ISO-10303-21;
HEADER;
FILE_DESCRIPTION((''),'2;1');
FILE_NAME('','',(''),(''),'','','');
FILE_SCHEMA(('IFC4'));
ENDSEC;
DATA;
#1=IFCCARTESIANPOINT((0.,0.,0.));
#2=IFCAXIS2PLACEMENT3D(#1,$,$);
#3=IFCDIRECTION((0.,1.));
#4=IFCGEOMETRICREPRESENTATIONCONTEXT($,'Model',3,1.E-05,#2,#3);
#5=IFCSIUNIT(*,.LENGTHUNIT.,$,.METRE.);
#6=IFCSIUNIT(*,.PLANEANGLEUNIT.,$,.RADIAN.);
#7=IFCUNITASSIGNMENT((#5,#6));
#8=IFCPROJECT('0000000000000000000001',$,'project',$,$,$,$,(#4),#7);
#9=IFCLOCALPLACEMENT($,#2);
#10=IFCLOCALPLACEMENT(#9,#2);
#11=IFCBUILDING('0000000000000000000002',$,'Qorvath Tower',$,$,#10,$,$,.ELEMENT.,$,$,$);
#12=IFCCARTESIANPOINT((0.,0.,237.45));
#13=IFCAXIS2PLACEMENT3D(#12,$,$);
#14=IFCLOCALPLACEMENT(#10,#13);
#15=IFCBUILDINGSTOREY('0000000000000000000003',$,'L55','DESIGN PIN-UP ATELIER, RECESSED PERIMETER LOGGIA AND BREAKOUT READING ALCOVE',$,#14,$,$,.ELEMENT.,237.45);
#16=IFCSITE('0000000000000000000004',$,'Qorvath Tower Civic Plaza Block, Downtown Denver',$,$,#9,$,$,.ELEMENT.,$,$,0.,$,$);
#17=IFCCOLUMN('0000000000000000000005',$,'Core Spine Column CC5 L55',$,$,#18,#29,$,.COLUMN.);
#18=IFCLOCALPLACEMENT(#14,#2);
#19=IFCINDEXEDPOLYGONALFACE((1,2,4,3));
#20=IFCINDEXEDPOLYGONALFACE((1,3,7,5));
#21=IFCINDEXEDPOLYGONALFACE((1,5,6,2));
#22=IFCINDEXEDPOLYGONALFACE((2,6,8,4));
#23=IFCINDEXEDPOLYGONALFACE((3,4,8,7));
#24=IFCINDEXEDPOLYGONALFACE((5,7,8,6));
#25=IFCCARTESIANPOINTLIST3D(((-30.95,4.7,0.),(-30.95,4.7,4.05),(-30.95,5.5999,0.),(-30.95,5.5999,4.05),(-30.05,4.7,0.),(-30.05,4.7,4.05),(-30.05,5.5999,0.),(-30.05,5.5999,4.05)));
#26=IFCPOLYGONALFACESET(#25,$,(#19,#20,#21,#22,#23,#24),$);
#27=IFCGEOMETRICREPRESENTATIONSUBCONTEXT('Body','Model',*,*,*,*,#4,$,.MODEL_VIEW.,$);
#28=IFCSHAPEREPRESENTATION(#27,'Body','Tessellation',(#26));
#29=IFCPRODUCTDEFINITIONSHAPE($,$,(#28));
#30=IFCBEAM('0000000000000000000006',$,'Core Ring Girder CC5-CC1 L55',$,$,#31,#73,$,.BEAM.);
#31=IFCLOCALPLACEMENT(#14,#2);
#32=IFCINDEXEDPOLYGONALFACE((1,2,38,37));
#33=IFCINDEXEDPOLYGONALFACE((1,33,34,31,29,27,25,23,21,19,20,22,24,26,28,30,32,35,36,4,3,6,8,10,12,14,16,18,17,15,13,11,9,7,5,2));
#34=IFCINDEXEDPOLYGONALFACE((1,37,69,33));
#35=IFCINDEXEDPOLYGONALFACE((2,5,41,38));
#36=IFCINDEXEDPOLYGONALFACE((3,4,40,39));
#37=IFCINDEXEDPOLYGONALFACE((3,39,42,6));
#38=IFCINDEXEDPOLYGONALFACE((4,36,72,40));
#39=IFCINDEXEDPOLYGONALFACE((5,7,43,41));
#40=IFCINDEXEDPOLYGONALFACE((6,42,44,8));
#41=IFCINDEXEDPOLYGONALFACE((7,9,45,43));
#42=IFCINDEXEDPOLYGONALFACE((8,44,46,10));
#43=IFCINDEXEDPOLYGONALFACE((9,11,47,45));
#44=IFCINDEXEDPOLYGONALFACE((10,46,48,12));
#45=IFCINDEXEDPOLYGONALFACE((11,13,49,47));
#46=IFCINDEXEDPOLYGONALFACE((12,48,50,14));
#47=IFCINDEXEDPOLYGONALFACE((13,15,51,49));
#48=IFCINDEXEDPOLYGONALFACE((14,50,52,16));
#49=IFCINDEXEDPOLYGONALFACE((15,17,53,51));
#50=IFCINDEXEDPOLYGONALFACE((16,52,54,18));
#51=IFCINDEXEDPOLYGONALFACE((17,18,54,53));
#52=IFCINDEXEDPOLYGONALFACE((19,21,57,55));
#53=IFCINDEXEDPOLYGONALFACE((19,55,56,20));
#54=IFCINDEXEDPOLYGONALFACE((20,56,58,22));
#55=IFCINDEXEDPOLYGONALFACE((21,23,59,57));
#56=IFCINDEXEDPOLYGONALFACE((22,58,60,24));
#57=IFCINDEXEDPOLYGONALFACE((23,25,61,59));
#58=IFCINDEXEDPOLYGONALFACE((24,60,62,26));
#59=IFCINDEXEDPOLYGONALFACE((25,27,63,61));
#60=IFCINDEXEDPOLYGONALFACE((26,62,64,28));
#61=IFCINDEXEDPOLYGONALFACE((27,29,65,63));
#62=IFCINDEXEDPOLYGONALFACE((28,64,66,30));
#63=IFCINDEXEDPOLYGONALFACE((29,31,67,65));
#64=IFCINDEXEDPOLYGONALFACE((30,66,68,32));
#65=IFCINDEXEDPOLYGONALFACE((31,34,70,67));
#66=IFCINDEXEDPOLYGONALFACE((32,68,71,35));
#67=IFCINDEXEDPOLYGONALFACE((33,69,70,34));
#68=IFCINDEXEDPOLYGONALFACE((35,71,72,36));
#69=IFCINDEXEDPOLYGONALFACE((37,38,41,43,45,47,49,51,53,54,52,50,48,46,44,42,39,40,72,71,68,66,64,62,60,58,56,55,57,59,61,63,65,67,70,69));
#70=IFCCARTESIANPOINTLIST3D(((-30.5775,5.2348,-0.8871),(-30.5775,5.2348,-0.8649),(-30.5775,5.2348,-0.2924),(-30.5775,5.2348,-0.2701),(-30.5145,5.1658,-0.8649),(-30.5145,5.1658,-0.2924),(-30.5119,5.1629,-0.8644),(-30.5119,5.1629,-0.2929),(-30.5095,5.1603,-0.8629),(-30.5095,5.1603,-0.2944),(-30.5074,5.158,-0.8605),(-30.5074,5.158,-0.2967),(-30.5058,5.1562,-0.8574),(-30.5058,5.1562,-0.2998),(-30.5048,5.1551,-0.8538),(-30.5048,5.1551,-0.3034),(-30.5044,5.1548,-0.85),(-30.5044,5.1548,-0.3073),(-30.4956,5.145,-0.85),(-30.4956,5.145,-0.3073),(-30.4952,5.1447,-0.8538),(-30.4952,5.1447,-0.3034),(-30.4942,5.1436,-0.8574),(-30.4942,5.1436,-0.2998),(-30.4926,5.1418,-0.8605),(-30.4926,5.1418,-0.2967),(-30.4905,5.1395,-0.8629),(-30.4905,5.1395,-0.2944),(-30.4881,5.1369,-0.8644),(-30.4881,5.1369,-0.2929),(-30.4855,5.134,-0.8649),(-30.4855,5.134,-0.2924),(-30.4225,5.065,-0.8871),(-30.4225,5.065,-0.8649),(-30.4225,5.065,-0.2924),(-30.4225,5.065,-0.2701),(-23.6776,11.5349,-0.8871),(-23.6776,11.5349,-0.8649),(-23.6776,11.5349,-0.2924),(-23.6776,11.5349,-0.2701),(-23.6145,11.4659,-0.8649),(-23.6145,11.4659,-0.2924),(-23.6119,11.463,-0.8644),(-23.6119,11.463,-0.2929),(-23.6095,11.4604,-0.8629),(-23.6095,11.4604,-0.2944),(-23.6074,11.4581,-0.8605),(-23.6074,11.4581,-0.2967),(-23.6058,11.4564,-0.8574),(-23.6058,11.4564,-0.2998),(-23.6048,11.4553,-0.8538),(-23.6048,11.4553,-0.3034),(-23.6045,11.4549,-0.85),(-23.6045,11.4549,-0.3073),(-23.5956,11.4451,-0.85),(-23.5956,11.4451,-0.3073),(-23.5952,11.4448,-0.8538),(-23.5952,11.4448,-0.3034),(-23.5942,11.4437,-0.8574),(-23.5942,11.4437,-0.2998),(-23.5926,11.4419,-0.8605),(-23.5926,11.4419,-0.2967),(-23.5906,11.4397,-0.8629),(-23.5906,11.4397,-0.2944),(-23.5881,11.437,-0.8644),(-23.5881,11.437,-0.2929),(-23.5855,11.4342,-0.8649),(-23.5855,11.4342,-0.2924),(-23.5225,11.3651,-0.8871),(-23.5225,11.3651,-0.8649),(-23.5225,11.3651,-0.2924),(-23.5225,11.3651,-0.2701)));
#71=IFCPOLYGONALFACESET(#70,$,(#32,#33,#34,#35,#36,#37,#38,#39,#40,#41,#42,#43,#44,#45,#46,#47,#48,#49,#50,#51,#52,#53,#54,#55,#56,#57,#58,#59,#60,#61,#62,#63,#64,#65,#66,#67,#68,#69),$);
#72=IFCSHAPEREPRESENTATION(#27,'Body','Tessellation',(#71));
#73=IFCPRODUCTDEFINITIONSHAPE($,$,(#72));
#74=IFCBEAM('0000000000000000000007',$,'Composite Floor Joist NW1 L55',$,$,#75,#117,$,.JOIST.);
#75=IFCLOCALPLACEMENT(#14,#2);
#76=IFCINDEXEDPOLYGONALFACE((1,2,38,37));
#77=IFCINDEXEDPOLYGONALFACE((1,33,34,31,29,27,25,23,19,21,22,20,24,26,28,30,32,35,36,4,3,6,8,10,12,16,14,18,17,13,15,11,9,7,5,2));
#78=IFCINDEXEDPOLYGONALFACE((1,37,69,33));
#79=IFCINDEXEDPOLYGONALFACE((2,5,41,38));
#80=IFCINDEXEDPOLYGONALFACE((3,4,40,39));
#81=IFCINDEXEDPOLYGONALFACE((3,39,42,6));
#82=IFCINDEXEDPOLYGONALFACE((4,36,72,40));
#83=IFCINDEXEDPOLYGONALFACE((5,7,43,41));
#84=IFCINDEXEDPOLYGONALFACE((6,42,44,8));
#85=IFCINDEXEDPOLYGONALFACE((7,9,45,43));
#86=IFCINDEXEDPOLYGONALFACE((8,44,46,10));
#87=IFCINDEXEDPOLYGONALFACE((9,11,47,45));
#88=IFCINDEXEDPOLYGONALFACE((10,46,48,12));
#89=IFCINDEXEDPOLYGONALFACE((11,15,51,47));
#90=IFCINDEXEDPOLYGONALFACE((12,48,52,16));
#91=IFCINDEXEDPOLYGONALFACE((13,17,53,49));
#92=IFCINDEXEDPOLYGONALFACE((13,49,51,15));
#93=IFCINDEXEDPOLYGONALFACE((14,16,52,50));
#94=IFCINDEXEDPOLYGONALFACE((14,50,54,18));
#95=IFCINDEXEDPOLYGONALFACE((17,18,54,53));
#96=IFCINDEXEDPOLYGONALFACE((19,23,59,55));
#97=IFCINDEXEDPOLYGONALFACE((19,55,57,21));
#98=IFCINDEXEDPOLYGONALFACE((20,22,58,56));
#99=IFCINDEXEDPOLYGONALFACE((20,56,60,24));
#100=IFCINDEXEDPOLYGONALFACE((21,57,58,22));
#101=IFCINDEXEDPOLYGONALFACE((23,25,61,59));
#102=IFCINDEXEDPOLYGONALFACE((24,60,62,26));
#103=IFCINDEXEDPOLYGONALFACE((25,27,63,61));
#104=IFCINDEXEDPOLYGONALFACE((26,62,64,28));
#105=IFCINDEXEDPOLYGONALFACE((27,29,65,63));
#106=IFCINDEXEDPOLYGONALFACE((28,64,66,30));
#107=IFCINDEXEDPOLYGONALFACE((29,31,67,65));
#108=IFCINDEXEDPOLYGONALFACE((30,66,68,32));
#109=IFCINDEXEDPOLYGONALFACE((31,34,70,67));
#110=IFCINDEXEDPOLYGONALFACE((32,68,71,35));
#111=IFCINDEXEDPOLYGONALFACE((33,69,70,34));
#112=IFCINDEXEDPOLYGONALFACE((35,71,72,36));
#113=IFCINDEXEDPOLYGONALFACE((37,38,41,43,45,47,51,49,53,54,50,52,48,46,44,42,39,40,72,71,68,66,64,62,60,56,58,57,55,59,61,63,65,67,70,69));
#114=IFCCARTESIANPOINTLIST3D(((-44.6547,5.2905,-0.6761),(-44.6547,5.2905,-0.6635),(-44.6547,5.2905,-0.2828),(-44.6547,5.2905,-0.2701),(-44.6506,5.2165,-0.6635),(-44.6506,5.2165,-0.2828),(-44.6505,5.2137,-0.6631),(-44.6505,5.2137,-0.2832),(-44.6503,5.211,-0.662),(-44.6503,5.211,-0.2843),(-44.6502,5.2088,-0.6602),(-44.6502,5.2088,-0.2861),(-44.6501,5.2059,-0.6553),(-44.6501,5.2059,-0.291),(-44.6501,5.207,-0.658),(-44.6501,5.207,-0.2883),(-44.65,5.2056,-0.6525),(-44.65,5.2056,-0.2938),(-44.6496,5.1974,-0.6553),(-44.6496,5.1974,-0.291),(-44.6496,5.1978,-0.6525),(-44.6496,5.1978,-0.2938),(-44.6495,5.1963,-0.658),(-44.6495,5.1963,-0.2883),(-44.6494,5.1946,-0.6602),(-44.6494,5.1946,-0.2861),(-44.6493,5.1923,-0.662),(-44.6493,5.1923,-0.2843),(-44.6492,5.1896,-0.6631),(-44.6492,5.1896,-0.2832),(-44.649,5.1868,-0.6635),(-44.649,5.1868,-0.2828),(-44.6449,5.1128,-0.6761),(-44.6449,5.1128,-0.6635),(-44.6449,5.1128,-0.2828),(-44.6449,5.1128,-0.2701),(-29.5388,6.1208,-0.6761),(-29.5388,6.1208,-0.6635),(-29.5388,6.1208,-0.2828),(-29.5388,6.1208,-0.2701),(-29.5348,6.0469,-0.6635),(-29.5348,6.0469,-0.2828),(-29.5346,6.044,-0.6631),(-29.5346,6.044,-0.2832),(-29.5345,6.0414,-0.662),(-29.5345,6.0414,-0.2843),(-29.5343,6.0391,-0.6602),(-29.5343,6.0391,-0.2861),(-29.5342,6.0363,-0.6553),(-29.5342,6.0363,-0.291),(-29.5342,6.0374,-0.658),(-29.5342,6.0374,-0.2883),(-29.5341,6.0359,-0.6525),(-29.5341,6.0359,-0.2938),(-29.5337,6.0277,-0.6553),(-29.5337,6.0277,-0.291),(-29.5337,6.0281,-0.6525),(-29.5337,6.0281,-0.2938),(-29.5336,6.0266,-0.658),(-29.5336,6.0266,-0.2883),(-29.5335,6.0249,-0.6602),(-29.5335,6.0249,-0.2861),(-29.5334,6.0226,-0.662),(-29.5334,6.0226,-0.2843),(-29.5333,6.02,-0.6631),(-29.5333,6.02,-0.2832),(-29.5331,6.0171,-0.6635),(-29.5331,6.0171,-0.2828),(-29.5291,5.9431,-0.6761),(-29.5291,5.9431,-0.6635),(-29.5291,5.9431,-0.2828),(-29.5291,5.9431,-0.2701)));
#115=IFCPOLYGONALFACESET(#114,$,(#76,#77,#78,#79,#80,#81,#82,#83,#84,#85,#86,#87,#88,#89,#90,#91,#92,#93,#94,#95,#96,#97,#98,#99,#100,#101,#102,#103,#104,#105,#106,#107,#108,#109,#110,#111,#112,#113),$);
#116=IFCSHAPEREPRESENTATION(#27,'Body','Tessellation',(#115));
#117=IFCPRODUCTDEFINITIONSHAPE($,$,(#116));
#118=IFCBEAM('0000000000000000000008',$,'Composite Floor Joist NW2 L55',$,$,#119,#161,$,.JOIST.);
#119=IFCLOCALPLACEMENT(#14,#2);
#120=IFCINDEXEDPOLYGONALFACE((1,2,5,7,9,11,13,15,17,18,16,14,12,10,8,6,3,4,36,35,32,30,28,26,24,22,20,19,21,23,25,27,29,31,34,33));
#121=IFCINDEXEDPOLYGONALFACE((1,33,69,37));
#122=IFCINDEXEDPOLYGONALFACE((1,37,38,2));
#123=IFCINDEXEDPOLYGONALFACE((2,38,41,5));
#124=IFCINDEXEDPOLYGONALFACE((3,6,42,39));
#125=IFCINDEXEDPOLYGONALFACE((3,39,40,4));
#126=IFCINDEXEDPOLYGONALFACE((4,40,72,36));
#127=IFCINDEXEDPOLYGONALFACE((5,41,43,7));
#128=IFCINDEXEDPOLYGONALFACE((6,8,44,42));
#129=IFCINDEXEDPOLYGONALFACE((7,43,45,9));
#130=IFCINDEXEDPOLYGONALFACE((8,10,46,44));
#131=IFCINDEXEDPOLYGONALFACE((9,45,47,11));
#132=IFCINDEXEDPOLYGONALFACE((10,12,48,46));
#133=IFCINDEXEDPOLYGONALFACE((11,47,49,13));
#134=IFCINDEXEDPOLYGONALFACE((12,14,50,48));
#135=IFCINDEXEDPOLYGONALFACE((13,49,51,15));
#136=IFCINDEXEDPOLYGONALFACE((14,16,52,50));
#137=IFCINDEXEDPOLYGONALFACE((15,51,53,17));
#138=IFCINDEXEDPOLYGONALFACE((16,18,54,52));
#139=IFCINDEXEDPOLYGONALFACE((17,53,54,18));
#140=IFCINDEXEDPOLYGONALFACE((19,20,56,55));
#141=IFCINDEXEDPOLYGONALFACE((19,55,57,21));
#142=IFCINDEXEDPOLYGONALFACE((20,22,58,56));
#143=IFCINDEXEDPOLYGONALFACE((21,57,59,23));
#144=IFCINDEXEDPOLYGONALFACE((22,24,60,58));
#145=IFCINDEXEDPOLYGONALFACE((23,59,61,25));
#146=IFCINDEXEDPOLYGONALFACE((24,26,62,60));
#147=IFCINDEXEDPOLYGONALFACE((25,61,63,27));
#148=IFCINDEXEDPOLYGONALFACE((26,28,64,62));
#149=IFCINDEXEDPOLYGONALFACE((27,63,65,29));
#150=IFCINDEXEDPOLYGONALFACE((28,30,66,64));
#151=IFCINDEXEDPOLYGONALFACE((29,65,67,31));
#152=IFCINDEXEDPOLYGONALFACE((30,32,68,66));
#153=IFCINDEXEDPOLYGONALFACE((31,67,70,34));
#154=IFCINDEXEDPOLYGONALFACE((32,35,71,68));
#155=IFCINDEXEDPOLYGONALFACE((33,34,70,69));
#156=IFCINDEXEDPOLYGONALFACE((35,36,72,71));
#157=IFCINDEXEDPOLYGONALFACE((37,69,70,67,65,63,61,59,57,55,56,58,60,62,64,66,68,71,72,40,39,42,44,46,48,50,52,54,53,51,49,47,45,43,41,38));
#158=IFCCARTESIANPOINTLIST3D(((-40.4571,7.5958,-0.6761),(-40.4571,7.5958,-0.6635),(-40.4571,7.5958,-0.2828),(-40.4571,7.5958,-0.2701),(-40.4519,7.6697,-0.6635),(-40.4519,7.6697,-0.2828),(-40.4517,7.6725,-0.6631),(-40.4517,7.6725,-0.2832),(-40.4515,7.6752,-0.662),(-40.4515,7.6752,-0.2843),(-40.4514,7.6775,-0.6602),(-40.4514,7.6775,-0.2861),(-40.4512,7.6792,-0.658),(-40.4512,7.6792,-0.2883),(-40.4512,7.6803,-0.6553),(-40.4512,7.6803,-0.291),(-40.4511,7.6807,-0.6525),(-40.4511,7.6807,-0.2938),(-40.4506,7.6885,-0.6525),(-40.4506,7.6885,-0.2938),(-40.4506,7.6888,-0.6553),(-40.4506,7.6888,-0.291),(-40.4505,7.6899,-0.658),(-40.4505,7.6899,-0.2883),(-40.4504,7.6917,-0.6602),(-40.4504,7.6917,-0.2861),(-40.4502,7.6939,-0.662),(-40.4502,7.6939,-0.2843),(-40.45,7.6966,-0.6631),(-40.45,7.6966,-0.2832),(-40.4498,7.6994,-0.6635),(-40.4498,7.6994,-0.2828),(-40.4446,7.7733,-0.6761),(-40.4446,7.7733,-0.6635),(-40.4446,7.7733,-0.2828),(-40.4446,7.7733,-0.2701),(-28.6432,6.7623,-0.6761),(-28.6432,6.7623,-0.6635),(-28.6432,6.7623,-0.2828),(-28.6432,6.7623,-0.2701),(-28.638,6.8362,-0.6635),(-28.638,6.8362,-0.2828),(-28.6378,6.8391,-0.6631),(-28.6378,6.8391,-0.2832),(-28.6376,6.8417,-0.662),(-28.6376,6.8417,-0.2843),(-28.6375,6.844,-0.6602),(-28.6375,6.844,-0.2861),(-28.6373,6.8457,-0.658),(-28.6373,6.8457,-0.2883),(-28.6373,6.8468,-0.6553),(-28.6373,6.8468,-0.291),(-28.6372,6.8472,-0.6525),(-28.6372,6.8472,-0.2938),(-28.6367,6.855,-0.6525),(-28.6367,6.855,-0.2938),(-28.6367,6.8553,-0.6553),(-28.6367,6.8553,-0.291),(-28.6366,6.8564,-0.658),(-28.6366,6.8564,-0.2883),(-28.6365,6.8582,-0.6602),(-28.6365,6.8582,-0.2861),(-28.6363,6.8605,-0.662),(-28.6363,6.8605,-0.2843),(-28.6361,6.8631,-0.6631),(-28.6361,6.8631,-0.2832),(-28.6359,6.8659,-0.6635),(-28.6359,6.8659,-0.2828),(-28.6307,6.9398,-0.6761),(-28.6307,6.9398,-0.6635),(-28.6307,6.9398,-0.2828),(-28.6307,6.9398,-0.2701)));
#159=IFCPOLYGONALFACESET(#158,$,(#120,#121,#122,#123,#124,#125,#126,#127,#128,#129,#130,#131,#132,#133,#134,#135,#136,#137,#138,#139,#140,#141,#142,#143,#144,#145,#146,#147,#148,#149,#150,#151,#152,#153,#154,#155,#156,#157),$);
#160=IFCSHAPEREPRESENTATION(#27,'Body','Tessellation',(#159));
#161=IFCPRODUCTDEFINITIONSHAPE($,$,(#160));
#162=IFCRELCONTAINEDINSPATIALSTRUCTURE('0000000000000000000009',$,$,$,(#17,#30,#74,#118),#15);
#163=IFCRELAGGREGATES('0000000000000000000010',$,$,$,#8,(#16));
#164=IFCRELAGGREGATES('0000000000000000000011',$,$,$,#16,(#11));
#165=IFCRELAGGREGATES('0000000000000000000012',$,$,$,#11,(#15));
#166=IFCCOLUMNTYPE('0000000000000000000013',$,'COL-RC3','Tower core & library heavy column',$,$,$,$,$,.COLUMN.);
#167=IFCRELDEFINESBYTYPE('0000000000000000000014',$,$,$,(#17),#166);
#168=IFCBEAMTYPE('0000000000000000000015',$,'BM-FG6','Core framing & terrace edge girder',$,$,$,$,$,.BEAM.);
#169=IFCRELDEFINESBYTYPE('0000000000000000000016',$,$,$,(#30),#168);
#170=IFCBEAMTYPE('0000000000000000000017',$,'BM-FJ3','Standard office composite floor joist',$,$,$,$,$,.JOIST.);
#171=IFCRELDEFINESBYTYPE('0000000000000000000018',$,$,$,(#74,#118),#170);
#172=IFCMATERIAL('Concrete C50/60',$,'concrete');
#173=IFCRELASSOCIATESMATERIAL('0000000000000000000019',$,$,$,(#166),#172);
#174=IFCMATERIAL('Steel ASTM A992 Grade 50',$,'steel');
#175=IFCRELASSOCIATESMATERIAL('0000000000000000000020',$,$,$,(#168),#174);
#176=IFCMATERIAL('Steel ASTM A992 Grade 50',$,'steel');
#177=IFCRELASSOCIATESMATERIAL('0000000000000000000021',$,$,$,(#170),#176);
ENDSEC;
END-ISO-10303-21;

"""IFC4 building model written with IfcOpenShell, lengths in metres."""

from ifc_helpers import new_model, si_unit, direction, frame, origin, origin_2d, place, context, subcontext, project, spatial, rectangle, i_section, extrude, material, material_profile, profile_set, type_object, element, save


model = new_model("IFC4")

# Units and contexts
model_context = context("Model", 3, precision=1e-05, world=origin(), true_north=direction((0.0, 1.0)))
body_context = subcontext(model_context, "Body", "Model", "MODEL_VIEW")
ifc_project = project(units=[si_unit("LENGTHUNIT", "METRE"), si_unit("PLANEANGLEUNIT", "RADIAN")], contexts=[model_context])

# Site, building, storey
site_placement = place(None, origin())
site = spatial("IfcSite", under=ifc_project, at=site_placement, Name="Qorvath Tower Civic Plaza Block, Downtown Denver", CompositionType="ELEMENT", RefElevation=0.0)
building_placement = place(site_placement, origin())
building = spatial("IfcBuilding", under=site, at=building_placement, Name="Qorvath Tower", CompositionType="ELEMENT")
storey_placement = place(building_placement, frame((0.0, 0.0, 237.45)))
storey = spatial("IfcBuildingStorey", under=building, at=storey_placement, Name="L55", Description="DESIGN PIN-UP ATELIER, RECESSED PERIMETER LOGGIA AND BREAKOUT READING ALCOVE", CompositionType="ELEMENT", Elevation=237.45)

# Column
ifc_material_1 = material(Name="Concrete C50/60", Category="concrete")
ifc_material_profile_1 = material_profile(ifc_material_1, rectangle(XDim=0.8999, YDim=0.8999, at=origin_2d()), Name="RC 900x900")
ifc_profile_set_1 = profile_set([ifc_material_profile_1], Name="Concrete C50/60")
column_type = type_object("IfcColumnType", Name="COL-RC3", Description="Tower core & library heavy column", PredefinedType="COLUMN", material=ifc_profile_set_1)
column_placement = place(storey_placement, frame((-30.5, 5.1499, 0.0), z_axis=(0.0, 0.0, 1.0), x_axis=(1.0, 0.0, 0.0)))
element("IfcColumn", 1, at=column_placement, inside=storey, type_object=column_type, Name="Core Spine Column CC5 L55", PredefinedType="COLUMN", context=body_context, shape_type="SweptSolid", body=[
    extrude(rectangle(XDim=0.8999, YDim=0.8999, at=origin_2d()), origin(), (0.0, 0.0, 1.0), 4.05),
])

# Beams
ifc_material_2 = material(Name="Steel ASTM A992 Grade 50", Category="steel")
ifc_material_profile_2 = material_profile(ifc_material_2, i_section(OverallWidth=0.23, OverallDepth=0.6169, WebThickness=0.0132, FlangeThickness=0.0222, FilletRadius=0.0149, at=origin_2d()), Name="W24x94")
ifc_profile_set_2 = profile_set([ifc_material_profile_2], Name="Steel ASTM A992 Grade 50")
beam_type_1 = type_object("IfcBeamType", Name="BM-FG6", Description="Core framing & terrace edge girder", PredefinedType="BEAM", material=ifc_profile_set_2)
beam_1_placement = place(storey_placement, frame((-30.5, 5.1499, -0.5786), z_axis=(0.738478, 0.674277, 0.0), x_axis=(-0.674277, 0.738478, 0.0)))
element("IfcBeam", 2, at=beam_1_placement, inside=storey, type_object=beam_type_1, Name="Core Ring Girder CC5-CC1 L55", PredefinedType="BEAM", context=body_context, shape_type="SweptSolid", body=[
    extrude(i_section(OverallWidth=0.23, OverallDepth=0.6169, WebThickness=0.0132, FlangeThickness=0.0222, FilletRadius=0.0149, at=origin_2d()), origin(), (0.0, 0.0, 1.0), 9.3435),
])
ifc_material_3 = material(Name="Steel ASTM A992 Grade 50", Category="steel")
ifc_material_profile_3 = material_profile(ifc_material_3, i_section(OverallWidth=0.178, OverallDepth=0.406, WebThickness=0.0078, FlangeThickness=0.0127, FilletRadius=0.011, at=origin_2d()), Name="W16x40")
ifc_profile_set_3 = profile_set([ifc_material_profile_3], Name="Steel ASTM A992 Grade 50")
beam_type_2 = type_object("IfcBeamType", Name="BM-FJ3", Description="Standard office composite floor joist", PredefinedType="JOIST", material=ifc_profile_set_3)
beam_2_placement = place(storey_placement, frame((-29.5339, 6.032, -0.4731), z_axis=(-0.998495, -0.054847, 0.0), x_axis=(0.054847, -0.998495, 0.0)))
element("IfcBeam", 3, at=beam_2_placement, inside=storey, type_object=beam_type_2, Name="Composite Floor Joist NW1 L55", PredefinedType="JOIST", context=body_context, shape_type="SweptSolid", body=[
    extrude(i_section(OverallWidth=0.178, OverallDepth=0.406, WebThickness=0.0078, FlangeThickness=0.0127, FilletRadius=0.011, at=origin_2d()), origin(), (0.0, 0.0, 1.0), 15.1387),
])
beam_3_placement = place(storey_placement, frame((-28.637, 6.8511, -0.4731), z_axis=(-0.99752, 0.070377, 0.0), x_axis=(-0.070377, -0.99752, 0.0)))
element("IfcBeam", 4, at=beam_3_placement, inside=storey, type_object=beam_type_2, Name="Composite Floor Joist NW2 L55", PredefinedType="JOIST", context=body_context, shape_type="SweptSolid", body=[
    extrude(i_section(OverallWidth=0.178, OverallDepth=0.406, WebThickness=0.0078, FlangeThickness=0.0127, FilletRadius=0.011, at=origin_2d()), origin(), (0.0, 0.0, 1.0), 11.8433),
])

save(model, "model.ifc")
